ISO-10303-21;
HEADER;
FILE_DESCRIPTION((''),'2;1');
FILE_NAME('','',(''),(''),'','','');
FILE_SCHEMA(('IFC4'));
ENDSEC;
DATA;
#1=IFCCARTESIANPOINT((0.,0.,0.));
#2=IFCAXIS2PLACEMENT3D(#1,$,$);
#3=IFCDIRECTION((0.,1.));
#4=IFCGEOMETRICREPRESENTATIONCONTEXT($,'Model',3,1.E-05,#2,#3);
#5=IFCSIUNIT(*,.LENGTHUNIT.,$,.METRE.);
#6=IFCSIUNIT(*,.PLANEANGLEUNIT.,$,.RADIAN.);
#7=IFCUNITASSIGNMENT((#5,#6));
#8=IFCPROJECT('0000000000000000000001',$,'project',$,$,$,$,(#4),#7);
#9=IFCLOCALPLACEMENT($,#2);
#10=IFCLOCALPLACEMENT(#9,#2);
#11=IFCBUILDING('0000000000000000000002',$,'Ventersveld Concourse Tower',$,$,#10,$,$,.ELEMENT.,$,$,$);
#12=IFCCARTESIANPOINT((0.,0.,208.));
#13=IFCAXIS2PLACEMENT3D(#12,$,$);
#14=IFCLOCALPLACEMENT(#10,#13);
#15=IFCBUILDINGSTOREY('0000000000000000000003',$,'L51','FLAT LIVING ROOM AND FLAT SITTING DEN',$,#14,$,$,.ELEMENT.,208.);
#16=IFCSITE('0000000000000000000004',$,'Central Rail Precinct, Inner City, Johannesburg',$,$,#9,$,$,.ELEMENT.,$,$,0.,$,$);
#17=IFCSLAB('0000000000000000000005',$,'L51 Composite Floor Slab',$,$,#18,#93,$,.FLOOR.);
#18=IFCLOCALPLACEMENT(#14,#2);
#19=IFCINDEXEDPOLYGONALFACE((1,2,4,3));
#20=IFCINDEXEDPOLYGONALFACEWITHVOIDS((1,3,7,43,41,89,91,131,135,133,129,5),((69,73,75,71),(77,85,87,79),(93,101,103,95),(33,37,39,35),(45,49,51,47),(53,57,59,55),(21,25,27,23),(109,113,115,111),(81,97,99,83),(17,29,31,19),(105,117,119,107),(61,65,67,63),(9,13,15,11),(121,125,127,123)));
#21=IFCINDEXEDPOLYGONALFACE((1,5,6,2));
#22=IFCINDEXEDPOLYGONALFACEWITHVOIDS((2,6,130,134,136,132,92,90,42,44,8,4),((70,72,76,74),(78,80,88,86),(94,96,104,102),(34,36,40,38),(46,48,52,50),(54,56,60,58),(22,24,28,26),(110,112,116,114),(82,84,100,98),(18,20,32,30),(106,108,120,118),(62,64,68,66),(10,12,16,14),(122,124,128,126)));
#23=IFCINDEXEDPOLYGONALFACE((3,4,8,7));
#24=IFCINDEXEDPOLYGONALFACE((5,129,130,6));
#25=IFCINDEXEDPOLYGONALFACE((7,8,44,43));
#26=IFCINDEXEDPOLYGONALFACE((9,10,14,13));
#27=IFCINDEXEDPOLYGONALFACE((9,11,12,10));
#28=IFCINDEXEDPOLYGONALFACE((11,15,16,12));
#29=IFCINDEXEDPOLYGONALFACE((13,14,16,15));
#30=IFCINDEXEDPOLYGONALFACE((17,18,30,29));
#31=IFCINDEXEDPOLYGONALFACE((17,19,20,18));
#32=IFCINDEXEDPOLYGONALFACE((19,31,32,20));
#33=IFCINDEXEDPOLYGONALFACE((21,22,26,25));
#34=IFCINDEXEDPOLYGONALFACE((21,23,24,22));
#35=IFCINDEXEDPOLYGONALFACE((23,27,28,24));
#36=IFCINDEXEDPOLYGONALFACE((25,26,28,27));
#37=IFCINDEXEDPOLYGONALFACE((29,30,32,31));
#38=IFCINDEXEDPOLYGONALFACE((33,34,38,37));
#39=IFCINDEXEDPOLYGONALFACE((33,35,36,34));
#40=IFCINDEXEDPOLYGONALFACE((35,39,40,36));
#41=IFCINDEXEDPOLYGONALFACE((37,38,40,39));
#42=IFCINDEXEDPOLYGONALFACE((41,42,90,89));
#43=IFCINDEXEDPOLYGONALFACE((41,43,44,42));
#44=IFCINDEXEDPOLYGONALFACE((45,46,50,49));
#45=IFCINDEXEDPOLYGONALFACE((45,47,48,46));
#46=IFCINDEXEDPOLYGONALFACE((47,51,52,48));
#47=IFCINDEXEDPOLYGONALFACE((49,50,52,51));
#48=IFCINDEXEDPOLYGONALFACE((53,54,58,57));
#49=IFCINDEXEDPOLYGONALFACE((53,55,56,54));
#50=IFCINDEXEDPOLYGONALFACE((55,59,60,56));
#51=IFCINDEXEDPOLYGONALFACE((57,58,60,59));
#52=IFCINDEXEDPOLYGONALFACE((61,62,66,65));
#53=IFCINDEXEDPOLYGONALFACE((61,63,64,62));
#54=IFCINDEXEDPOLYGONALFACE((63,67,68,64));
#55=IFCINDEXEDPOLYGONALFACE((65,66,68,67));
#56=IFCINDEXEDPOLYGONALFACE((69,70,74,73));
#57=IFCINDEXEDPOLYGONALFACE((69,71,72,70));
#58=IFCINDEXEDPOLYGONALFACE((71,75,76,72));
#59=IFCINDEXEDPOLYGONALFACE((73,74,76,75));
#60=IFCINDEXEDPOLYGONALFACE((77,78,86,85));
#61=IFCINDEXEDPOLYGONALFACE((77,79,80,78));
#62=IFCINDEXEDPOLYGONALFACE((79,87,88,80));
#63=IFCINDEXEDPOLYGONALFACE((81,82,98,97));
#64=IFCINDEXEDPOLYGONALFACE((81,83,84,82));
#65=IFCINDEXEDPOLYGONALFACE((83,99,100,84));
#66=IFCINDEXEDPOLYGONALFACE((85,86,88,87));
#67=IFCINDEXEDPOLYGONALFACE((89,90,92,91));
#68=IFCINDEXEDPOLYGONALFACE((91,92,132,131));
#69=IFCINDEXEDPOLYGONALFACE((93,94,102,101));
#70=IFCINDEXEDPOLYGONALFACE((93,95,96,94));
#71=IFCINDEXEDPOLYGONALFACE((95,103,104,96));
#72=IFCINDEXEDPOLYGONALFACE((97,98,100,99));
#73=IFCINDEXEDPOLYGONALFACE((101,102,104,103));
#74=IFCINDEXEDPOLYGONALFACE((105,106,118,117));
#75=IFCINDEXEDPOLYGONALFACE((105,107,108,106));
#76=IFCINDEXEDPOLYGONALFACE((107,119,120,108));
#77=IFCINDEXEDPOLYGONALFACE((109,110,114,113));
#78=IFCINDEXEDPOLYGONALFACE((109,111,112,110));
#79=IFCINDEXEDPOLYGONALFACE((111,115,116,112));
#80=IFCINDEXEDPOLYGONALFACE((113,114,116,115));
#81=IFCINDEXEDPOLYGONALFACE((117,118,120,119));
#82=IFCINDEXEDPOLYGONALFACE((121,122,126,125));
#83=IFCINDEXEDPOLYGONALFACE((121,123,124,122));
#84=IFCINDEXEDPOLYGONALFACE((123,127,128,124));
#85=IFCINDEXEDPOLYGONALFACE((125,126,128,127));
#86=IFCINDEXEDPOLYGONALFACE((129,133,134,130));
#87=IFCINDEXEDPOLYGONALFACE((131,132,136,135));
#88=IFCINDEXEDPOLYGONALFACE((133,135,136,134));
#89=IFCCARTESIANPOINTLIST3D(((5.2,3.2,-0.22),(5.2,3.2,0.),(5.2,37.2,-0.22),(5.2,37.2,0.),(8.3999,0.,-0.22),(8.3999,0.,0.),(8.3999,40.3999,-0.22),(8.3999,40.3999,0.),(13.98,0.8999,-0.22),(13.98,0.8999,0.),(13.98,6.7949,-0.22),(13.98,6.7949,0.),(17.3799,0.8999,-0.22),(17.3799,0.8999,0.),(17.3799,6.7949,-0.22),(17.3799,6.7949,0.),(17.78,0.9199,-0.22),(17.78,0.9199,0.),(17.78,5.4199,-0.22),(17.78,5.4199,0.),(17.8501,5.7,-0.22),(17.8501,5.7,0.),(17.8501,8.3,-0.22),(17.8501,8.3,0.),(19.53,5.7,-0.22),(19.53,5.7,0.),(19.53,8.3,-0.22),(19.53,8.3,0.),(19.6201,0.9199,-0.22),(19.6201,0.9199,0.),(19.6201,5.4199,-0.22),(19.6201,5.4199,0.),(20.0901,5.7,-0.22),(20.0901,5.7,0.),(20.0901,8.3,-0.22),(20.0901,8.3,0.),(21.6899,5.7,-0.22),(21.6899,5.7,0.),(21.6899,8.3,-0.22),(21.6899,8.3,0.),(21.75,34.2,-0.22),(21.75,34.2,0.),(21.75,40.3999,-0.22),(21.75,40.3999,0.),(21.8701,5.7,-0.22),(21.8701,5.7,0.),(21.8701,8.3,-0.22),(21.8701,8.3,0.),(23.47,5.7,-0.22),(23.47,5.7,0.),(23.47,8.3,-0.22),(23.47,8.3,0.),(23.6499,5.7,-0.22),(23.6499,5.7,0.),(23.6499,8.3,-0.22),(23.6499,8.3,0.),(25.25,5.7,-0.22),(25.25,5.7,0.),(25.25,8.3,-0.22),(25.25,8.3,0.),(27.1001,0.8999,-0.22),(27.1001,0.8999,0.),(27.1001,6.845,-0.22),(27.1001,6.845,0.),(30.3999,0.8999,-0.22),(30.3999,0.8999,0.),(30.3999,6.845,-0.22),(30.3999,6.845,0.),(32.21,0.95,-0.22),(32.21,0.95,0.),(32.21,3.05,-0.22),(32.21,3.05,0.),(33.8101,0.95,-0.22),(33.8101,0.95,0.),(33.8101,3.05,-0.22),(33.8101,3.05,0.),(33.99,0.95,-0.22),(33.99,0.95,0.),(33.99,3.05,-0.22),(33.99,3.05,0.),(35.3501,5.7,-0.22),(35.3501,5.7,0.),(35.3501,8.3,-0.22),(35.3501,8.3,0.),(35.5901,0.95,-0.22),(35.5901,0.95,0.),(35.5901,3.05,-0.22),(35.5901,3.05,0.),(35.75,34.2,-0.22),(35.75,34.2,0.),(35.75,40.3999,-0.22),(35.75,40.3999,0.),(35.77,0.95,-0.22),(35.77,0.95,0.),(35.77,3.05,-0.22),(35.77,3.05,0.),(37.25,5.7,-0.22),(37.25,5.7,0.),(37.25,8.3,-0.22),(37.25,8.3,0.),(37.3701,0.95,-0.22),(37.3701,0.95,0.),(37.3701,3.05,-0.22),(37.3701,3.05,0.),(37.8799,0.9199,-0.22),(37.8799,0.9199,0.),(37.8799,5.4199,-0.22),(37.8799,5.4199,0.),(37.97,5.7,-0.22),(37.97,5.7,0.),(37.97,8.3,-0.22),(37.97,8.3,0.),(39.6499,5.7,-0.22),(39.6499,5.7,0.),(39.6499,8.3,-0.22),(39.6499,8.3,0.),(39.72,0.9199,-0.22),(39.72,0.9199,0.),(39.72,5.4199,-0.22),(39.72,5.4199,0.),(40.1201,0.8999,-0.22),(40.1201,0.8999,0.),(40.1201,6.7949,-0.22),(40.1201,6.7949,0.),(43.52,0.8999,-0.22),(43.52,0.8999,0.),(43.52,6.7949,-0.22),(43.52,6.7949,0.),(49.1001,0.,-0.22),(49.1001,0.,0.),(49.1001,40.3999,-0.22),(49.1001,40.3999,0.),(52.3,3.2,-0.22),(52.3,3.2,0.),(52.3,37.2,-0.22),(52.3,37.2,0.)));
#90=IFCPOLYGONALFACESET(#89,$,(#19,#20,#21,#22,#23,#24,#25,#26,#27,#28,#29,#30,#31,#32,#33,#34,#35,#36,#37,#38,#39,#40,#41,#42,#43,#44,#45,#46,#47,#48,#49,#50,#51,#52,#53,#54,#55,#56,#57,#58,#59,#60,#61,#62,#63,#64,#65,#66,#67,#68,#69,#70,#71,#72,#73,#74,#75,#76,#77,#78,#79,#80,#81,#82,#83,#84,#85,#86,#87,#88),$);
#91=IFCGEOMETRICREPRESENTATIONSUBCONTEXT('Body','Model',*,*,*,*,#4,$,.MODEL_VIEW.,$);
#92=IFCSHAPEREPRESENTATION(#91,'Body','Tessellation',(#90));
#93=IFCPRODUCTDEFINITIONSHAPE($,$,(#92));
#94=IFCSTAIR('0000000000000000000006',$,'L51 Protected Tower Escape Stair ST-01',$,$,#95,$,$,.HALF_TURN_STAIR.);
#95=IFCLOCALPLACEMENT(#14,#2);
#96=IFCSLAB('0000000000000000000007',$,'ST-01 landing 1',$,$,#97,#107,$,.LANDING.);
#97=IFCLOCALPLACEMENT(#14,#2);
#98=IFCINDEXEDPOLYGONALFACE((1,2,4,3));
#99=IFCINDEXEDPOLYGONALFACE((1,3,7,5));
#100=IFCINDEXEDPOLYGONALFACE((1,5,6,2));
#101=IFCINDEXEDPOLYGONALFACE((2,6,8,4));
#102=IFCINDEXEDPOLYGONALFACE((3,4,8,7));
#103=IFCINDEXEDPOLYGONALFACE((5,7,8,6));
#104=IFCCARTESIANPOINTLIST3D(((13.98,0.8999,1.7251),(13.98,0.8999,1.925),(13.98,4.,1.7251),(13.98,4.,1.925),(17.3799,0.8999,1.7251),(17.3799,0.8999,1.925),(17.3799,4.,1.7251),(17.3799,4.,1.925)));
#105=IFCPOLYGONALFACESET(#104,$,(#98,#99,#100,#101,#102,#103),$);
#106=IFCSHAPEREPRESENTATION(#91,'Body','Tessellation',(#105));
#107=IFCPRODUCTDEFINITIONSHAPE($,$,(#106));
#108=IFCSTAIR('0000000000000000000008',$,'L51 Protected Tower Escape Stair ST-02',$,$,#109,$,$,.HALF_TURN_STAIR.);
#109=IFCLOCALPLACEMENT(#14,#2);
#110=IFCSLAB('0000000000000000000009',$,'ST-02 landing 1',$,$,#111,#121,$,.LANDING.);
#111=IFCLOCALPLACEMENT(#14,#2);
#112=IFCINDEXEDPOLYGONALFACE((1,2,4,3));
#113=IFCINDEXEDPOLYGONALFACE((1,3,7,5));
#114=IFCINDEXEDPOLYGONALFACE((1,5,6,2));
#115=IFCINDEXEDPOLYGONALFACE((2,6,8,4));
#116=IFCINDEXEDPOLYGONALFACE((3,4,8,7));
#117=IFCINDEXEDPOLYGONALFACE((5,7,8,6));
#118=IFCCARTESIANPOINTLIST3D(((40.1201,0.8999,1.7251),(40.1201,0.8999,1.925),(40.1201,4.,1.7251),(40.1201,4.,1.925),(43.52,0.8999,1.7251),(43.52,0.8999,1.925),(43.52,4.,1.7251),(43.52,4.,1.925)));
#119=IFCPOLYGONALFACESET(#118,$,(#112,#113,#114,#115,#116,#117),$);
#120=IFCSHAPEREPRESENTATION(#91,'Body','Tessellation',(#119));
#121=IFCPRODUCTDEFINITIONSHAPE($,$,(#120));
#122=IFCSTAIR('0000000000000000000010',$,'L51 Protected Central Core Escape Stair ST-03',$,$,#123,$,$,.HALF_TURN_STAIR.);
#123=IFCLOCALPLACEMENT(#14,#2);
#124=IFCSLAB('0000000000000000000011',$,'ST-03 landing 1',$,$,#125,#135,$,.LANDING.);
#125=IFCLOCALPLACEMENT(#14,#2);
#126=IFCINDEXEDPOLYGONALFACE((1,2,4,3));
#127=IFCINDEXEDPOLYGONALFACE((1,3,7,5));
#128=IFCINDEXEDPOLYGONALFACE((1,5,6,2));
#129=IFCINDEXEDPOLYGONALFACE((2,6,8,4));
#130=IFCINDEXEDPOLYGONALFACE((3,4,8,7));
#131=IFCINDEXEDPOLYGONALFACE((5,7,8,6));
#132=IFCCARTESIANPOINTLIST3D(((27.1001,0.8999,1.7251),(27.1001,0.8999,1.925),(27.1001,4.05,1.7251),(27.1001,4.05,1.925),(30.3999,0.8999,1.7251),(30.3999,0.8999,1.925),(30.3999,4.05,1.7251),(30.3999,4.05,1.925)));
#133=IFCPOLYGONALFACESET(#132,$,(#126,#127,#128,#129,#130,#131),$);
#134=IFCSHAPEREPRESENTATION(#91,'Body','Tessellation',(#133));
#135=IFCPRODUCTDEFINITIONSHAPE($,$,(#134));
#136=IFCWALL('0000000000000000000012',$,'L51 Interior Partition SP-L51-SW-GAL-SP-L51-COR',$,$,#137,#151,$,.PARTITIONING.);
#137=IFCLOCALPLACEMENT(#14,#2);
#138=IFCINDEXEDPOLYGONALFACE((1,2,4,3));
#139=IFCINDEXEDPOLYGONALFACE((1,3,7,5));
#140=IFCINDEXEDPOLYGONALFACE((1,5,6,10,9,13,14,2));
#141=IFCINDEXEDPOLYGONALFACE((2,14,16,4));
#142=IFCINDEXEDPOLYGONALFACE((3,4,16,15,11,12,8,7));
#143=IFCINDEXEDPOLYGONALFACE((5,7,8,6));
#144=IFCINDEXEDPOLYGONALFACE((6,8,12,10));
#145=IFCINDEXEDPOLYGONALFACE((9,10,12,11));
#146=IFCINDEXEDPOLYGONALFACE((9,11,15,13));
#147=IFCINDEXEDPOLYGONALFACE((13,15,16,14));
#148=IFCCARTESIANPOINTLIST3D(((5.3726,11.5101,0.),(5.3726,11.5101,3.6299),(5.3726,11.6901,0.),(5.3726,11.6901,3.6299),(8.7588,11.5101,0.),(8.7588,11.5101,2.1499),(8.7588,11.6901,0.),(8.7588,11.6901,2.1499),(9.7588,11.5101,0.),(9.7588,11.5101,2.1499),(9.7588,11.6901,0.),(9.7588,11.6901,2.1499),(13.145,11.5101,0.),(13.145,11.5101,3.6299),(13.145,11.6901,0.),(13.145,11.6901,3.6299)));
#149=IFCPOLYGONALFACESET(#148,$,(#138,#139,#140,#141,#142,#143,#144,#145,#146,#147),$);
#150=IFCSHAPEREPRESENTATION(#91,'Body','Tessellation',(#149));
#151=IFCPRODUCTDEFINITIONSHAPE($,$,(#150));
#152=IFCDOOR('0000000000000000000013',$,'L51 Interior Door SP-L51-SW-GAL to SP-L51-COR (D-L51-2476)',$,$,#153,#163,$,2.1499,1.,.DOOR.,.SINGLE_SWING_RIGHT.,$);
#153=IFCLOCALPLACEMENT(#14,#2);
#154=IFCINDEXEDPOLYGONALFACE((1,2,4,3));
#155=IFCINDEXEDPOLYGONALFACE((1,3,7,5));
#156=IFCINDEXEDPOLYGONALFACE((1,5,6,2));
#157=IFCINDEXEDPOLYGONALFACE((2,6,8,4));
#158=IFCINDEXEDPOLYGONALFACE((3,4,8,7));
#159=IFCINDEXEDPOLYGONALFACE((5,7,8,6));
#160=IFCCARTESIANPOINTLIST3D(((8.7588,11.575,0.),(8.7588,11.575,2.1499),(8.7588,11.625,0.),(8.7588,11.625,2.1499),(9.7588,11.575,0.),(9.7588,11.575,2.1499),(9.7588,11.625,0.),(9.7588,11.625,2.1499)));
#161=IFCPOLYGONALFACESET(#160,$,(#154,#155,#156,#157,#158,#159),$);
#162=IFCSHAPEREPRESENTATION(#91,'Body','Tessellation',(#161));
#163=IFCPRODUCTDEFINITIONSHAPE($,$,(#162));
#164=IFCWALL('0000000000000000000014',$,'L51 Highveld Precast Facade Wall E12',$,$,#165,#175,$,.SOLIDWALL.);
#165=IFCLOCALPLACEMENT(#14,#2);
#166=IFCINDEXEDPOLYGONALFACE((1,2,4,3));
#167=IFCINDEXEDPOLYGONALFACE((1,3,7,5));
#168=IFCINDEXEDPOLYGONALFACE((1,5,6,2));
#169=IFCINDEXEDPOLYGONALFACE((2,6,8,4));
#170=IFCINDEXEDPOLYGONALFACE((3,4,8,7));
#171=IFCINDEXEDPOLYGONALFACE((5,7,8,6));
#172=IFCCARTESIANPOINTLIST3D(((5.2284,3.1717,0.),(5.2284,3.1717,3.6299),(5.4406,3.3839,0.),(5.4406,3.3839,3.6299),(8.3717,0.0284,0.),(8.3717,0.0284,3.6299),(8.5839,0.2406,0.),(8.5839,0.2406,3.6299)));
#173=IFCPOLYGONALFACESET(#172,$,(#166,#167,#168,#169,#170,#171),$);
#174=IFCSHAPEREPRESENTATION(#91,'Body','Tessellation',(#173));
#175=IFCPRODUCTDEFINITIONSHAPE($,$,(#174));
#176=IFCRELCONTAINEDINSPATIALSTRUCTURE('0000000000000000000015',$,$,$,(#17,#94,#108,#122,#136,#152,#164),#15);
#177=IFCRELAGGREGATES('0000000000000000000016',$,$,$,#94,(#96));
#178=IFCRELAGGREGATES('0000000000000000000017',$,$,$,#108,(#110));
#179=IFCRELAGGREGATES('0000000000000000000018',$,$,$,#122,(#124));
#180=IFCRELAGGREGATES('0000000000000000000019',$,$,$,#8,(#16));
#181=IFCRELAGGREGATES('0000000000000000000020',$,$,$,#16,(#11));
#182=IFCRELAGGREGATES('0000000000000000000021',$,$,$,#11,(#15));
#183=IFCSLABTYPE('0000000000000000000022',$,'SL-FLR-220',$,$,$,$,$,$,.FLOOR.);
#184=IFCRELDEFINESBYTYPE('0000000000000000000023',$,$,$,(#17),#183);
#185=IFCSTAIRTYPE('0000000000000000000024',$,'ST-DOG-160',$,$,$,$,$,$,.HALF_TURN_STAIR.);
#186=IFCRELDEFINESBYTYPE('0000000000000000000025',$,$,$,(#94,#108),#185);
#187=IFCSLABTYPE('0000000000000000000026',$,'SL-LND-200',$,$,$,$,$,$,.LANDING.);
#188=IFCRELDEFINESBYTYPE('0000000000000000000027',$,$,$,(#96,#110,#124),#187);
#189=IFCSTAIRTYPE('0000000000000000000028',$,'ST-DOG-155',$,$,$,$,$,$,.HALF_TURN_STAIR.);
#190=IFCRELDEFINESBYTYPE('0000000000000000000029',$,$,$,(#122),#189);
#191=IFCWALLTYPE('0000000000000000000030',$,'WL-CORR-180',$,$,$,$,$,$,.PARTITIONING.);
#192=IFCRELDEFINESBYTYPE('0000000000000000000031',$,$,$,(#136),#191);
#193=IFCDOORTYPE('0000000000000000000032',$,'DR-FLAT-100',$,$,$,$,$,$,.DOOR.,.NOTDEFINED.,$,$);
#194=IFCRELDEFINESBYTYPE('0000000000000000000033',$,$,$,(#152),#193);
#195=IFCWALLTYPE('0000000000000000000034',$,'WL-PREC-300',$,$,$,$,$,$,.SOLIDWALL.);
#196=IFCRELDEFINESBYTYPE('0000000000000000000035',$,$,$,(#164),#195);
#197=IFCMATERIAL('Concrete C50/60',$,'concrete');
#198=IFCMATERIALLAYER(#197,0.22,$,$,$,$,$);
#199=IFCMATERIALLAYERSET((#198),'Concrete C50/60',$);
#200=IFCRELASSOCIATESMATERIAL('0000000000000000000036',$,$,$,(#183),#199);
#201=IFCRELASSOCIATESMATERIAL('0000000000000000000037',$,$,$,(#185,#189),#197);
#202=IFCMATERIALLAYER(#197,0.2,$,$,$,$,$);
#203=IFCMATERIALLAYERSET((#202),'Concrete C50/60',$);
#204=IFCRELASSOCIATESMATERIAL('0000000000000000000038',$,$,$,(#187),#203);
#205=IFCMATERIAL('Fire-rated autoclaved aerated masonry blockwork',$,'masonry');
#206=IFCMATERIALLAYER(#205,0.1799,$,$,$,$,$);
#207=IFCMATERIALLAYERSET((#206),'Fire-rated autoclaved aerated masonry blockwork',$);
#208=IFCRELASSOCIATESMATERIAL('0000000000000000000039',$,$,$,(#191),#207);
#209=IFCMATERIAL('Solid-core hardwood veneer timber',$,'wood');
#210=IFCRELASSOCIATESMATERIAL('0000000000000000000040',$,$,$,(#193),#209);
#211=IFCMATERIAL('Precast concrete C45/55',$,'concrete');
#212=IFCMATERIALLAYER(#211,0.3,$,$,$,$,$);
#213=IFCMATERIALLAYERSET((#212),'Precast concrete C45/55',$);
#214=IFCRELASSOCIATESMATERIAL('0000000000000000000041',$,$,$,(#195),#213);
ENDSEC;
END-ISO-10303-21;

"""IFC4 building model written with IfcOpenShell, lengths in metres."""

from ifc_helpers import new_model, si_unit, direction, frame, frame_2d, origin, place, context, subcontext, project, spatial, polyline, rectangle, outline, extrude, material, layer, layer_set, type_object, element, fill, aggregate, save


model = new_model("IFC4")

# Units and contexts
model_context = context("Model", 3, precision=1e-05, world=origin(), true_north=direction((0.0, 1.0)))
body_context = subcontext(model_context, "Body", "Model", "MODEL_VIEW")
ifc_project = project(units=[si_unit("LENGTHUNIT", "METRE"), si_unit("PLANEANGLEUNIT", "RADIAN")], contexts=[model_context])

# Site, building, storey
site_placement = place(None, origin())
site = spatial("IfcSite", under=ifc_project, at=site_placement, Name="Central Rail Precinct, Inner City, Johannesburg", CompositionType="ELEMENT", RefElevation=0.0)
building_placement = place(site_placement, origin())
building = spatial("IfcBuilding", under=site, at=building_placement, Name="Ventersveld Concourse Tower", CompositionType="ELEMENT")
storey_placement = place(building_placement, frame((0.0, 0.0, 208.0)))
storey = spatial("IfcBuildingStorey", under=building, at=storey_placement, Name="L51", Description="FLAT LIVING ROOM AND FLAT SITTING DEN", CompositionType="ELEMENT", Elevation=208.0)

# Slab
ifc_material_1 = material(Name="Concrete C50/60", Category="concrete")
ifc_layer_1 = layer(ifc_material_1, 0.22)
ifc_layer_set_1 = layer_set([ifc_layer_1], Name="Concrete C50/60")
slab_type_1 = type_object("IfcSlabType", Name="SL-FLR-220", PredefinedType="FLOOR", material=ifc_layer_set_1)
slab_1_placement = place(storey_placement, frame((0.0, 0.0, -0.22)))
element("IfcSlab", 1, at=slab_1_placement, inside=storey, type_object=slab_type_1, Name="L51 Composite Floor Slab", PredefinedType="FLOOR", context=body_context, shape_type="SweptSolid", body=[
    extrude(outline(polyline([(8.3999, 0.0), (49.1001, 0.0), (52.3, 3.2), (52.3, 37.2), (49.1001, 40.3999), (35.75, 40.3999), (35.75, 34.2), (21.75, 34.2), (21.75, 40.3999), (8.3999, 40.3999), (5.2, 37.2), (5.2, 3.2), (8.3999, 0.0)]), holes=[polyline([(13.98, 6.7949), (13.98, 0.8999), (17.3799, 0.8999), (17.3799, 6.7949), (13.98, 6.7949)]), polyline([(40.1201, 6.7949), (40.1201, 0.8999), (43.52, 0.8999), (43.52, 6.7949), (40.1201, 6.7949)]), polyline([(27.1001, 6.845), (27.1001, 0.8999), (30.3999, 0.8999), (30.3999, 6.845), (27.1001, 6.845)]), polyline([(17.8501, 5.7), (19.53, 5.7), (19.53, 8.3), (17.8501, 8.3), (17.8501, 5.7)]), polyline([(37.97, 5.7), (39.6499, 5.7), (39.6499, 8.3), (37.97, 8.3), (37.97, 5.7)]), polyline([(35.3501, 5.7), (37.25, 5.7), (37.25, 8.3), (35.3501, 8.3), (35.3501, 5.7)]), polyline([(32.21, 0.95), (33.8101, 0.95), (33.8101, 3.05), (32.21, 3.05), (32.21, 0.95)]), polyline([(33.99, 0.95), (35.5901, 0.95), (35.5901, 3.05), (33.99, 3.05), (33.99, 0.95)]), polyline([(35.77, 0.95), (37.3701, 0.95), (37.3701, 3.05), (35.77, 3.05), (35.77, 0.95)]), polyline([(20.0901, 5.7), (21.6899, 5.7), (21.6899, 8.3), (20.0901, 8.3), (20.0901, 5.7)]), polyline([(21.8701, 5.7), (23.47, 5.7), (23.47, 8.3), (21.8701, 8.3), (21.8701, 5.7)]), polyline([(23.6499, 5.7), (25.25, 5.7), (25.25, 8.3), (23.6499, 8.3), (23.6499, 5.7)]), polyline([(17.78, 0.9199), (19.6201, 0.9199), (19.6201, 5.4199), (17.78, 5.4199), (17.78, 0.9199)]), polyline([(37.8799, 0.9199), (39.72, 0.9199), (39.72, 5.4199), (37.8799, 5.4199), (37.8799, 0.9199)])]), origin(), (0.0, 0.0, 1.0), 0.22),
])

# Stairs, slabs
stair_type_1 = type_object("IfcStairType", Name="ST-DOG-160", PredefinedType="HALF_TURN_STAIR", material=ifc_material_1)
stair_1_placement = place(storey_placement, origin())
stair_1 = element("IfcStair", 2, at=stair_1_placement, inside=storey, type_object=stair_type_1, Name="L51 Protected Tower Escape Stair ST-01", PredefinedType="HALF_TURN_STAIR")
ifc_layer_2 = layer(ifc_material_1, 0.2)
ifc_layer_set_2 = layer_set([ifc_layer_2], Name="Concrete C50/60")
slab_type_2 = type_object("IfcSlabType", Name="SL-LND-200", PredefinedType="LANDING", material=ifc_layer_set_2)
slab_2_placement = place(storey_placement, frame((0.0, 0.0, 1.7251)))
slab_2 = element("IfcSlab", 3, at=slab_2_placement, type_object=slab_type_2, Name="ST-01 landing 1", PredefinedType="LANDING", context=body_context, shape_type="SweptSolid", body=[
    extrude(outline(polyline([(13.98, 4.0), (13.98, 0.8999), (17.3799, 0.8999), (17.3799, 4.0), (13.98, 4.0)])), origin(), (0.0, 0.0, 1.0), 0.2),
])
aggregate(stair_1, [slab_2])
stair_2_placement = place(storey_placement, origin())
stair_2 = element("IfcStair", 4, at=stair_2_placement, inside=storey, type_object=stair_type_1, Name="L51 Protected Tower Escape Stair ST-02", PredefinedType="HALF_TURN_STAIR")
slab_3_placement = place(storey_placement, frame((0.0, 0.0, 1.7251)))
slab_3 = element("IfcSlab", 5, at=slab_3_placement, type_object=slab_type_2, Name="ST-02 landing 1", PredefinedType="LANDING", context=body_context, shape_type="SweptSolid", body=[
    extrude(outline(polyline([(40.1201, 4.0), (40.1201, 0.8999), (43.52, 0.8999), (43.52, 4.0), (40.1201, 4.0)])), origin(), (0.0, 0.0, 1.0), 0.2),
])
aggregate(stair_2, [slab_3])
stair_type_2 = type_object("IfcStairType", Name="ST-DOG-155", PredefinedType="HALF_TURN_STAIR", material=ifc_material_1)
stair_3_placement = place(storey_placement, origin())
stair_3 = element("IfcStair", 6, at=stair_3_placement, inside=storey, type_object=stair_type_2, Name="L51 Protected Central Core Escape Stair ST-03", PredefinedType="HALF_TURN_STAIR")
slab_4_placement = place(storey_placement, frame((0.0, 0.0, 1.7251)))
slab_4 = element("IfcSlab", 7, at=slab_4_placement, type_object=slab_type_2, Name="ST-03 landing 1", PredefinedType="LANDING", context=body_context, shape_type="SweptSolid", body=[
    extrude(outline(polyline([(27.1001, 4.05), (27.1001, 0.8999), (30.3999, 0.8999), (30.3999, 4.05), (27.1001, 4.05)])), origin(), (0.0, 0.0, 1.0), 0.2),
])
aggregate(stair_3, [slab_4])

# Wall, opening, door
ifc_material_2 = material(Name="Fire-rated autoclaved aerated masonry blockwork", Category="masonry")
ifc_layer_3 = layer(ifc_material_2, 0.1799)
ifc_layer_set_3 = layer_set([ifc_layer_3], Name="Fire-rated autoclaved aerated masonry blockwork")
wall_type_1 = type_object("IfcWallType", Name="WL-CORR-180", PredefinedType="PARTITIONING", material=ifc_layer_set_3)
wall_1_placement = place(storey_placement, frame((5.3726, 11.6001, 0.0), z_axis=(0.0, 0.0, 1.0), x_axis=(1.0, 0.0, 0.0)))
wall_1 = element("IfcWall", 8, at=wall_1_placement, inside=storey, type_object=wall_type_1, Name="L51 Interior Partition SP-L51-SW-GAL-SP-L51-COR", PredefinedType="PARTITIONING", context=body_context, shape_type="SweptSolid", body=[
    extrude(rectangle(XDim=7.7725, YDim=0.1799, at=frame_2d((3.8862, 0.0))), origin(), (0.0, 0.0, 1.0), 3.6299),
])
opening_placement = place(wall_1_placement, frame((3.3862, 0.0, 0.0)))
opening = element("IfcOpeningElement", 9, at=opening_placement, cuts=wall_1, PredefinedType="OPENING", context=body_context, shape_type="SweptSolid", body=[
    extrude(rectangle(XDim=1.0, YDim=2.1499, at=frame_2d((0.5, 1.075))), frame((0.0, 0.1001, 0.0), z_axis=(0.0, -1.0, 0.0), x_axis=(1.0, 0.0, 0.0)), (0.0, 0.0, 1.0), 0.2),
])
ifc_material_3 = material(Name="Solid-core hardwood veneer timber", Category="wood")
door_type = type_object("IfcDoorType", Name="DR-FLAT-100", OperationType="NOTDEFINED", PredefinedType="DOOR", material=ifc_material_3)
door_placement = place(opening_placement, origin())
door = element("IfcDoor", 10, at=door_placement, inside=storey, type_object=door_type, Name="L51 Interior Door SP-L51-SW-GAL to SP-L51-COR (D-L51-2476)", OperationType="SINGLE_SWING_RIGHT", OverallHeight=2.1499, OverallWidth=1.0, PredefinedType="DOOR", context=body_context, shape_type="SweptSolid", body=[
    extrude(rectangle(XDim=1.0, YDim=2.1499, at=frame_2d((0.5, 1.075))), frame((0.0, 0.0249, 0.0), z_axis=(0.0, -1.0, 0.0), x_axis=(1.0, 0.0, 0.0)), (0.0, 0.0, 1.0), 0.05),
])
fill(opening, door)

# Wall
ifc_material_4 = material(Name="Precast concrete C45/55", Category="concrete")
ifc_layer_4 = layer(ifc_material_4, 0.3)
ifc_layer_set_4 = layer_set([ifc_layer_4], Name="Precast concrete C45/55")
wall_type_2 = type_object("IfcWallType", Name="WL-PREC-300", PredefinedType="SOLIDWALL", material=ifc_layer_set_4)
wall_2_placement = place(storey_placement, frame((5.3345, 3.2778, 0.0), z_axis=(0.0, 0.0, 1.0), x_axis=(0.707107, -0.707107, 0.0)))
element("IfcWall", 11, at=wall_2_placement, inside=storey, type_object=wall_type_2, Name="L51 Highveld Precast Facade Wall E12", PredefinedType="SOLIDWALL", context=body_context, shape_type="SweptSolid", body=[
    extrude(rectangle(XDim=4.4453, YDim=0.3, at=frame_2d((2.2227, 0.0))), origin(), (0.0, 0.0, 1.0), 3.6299),
])

save(model, "model.ifc")
